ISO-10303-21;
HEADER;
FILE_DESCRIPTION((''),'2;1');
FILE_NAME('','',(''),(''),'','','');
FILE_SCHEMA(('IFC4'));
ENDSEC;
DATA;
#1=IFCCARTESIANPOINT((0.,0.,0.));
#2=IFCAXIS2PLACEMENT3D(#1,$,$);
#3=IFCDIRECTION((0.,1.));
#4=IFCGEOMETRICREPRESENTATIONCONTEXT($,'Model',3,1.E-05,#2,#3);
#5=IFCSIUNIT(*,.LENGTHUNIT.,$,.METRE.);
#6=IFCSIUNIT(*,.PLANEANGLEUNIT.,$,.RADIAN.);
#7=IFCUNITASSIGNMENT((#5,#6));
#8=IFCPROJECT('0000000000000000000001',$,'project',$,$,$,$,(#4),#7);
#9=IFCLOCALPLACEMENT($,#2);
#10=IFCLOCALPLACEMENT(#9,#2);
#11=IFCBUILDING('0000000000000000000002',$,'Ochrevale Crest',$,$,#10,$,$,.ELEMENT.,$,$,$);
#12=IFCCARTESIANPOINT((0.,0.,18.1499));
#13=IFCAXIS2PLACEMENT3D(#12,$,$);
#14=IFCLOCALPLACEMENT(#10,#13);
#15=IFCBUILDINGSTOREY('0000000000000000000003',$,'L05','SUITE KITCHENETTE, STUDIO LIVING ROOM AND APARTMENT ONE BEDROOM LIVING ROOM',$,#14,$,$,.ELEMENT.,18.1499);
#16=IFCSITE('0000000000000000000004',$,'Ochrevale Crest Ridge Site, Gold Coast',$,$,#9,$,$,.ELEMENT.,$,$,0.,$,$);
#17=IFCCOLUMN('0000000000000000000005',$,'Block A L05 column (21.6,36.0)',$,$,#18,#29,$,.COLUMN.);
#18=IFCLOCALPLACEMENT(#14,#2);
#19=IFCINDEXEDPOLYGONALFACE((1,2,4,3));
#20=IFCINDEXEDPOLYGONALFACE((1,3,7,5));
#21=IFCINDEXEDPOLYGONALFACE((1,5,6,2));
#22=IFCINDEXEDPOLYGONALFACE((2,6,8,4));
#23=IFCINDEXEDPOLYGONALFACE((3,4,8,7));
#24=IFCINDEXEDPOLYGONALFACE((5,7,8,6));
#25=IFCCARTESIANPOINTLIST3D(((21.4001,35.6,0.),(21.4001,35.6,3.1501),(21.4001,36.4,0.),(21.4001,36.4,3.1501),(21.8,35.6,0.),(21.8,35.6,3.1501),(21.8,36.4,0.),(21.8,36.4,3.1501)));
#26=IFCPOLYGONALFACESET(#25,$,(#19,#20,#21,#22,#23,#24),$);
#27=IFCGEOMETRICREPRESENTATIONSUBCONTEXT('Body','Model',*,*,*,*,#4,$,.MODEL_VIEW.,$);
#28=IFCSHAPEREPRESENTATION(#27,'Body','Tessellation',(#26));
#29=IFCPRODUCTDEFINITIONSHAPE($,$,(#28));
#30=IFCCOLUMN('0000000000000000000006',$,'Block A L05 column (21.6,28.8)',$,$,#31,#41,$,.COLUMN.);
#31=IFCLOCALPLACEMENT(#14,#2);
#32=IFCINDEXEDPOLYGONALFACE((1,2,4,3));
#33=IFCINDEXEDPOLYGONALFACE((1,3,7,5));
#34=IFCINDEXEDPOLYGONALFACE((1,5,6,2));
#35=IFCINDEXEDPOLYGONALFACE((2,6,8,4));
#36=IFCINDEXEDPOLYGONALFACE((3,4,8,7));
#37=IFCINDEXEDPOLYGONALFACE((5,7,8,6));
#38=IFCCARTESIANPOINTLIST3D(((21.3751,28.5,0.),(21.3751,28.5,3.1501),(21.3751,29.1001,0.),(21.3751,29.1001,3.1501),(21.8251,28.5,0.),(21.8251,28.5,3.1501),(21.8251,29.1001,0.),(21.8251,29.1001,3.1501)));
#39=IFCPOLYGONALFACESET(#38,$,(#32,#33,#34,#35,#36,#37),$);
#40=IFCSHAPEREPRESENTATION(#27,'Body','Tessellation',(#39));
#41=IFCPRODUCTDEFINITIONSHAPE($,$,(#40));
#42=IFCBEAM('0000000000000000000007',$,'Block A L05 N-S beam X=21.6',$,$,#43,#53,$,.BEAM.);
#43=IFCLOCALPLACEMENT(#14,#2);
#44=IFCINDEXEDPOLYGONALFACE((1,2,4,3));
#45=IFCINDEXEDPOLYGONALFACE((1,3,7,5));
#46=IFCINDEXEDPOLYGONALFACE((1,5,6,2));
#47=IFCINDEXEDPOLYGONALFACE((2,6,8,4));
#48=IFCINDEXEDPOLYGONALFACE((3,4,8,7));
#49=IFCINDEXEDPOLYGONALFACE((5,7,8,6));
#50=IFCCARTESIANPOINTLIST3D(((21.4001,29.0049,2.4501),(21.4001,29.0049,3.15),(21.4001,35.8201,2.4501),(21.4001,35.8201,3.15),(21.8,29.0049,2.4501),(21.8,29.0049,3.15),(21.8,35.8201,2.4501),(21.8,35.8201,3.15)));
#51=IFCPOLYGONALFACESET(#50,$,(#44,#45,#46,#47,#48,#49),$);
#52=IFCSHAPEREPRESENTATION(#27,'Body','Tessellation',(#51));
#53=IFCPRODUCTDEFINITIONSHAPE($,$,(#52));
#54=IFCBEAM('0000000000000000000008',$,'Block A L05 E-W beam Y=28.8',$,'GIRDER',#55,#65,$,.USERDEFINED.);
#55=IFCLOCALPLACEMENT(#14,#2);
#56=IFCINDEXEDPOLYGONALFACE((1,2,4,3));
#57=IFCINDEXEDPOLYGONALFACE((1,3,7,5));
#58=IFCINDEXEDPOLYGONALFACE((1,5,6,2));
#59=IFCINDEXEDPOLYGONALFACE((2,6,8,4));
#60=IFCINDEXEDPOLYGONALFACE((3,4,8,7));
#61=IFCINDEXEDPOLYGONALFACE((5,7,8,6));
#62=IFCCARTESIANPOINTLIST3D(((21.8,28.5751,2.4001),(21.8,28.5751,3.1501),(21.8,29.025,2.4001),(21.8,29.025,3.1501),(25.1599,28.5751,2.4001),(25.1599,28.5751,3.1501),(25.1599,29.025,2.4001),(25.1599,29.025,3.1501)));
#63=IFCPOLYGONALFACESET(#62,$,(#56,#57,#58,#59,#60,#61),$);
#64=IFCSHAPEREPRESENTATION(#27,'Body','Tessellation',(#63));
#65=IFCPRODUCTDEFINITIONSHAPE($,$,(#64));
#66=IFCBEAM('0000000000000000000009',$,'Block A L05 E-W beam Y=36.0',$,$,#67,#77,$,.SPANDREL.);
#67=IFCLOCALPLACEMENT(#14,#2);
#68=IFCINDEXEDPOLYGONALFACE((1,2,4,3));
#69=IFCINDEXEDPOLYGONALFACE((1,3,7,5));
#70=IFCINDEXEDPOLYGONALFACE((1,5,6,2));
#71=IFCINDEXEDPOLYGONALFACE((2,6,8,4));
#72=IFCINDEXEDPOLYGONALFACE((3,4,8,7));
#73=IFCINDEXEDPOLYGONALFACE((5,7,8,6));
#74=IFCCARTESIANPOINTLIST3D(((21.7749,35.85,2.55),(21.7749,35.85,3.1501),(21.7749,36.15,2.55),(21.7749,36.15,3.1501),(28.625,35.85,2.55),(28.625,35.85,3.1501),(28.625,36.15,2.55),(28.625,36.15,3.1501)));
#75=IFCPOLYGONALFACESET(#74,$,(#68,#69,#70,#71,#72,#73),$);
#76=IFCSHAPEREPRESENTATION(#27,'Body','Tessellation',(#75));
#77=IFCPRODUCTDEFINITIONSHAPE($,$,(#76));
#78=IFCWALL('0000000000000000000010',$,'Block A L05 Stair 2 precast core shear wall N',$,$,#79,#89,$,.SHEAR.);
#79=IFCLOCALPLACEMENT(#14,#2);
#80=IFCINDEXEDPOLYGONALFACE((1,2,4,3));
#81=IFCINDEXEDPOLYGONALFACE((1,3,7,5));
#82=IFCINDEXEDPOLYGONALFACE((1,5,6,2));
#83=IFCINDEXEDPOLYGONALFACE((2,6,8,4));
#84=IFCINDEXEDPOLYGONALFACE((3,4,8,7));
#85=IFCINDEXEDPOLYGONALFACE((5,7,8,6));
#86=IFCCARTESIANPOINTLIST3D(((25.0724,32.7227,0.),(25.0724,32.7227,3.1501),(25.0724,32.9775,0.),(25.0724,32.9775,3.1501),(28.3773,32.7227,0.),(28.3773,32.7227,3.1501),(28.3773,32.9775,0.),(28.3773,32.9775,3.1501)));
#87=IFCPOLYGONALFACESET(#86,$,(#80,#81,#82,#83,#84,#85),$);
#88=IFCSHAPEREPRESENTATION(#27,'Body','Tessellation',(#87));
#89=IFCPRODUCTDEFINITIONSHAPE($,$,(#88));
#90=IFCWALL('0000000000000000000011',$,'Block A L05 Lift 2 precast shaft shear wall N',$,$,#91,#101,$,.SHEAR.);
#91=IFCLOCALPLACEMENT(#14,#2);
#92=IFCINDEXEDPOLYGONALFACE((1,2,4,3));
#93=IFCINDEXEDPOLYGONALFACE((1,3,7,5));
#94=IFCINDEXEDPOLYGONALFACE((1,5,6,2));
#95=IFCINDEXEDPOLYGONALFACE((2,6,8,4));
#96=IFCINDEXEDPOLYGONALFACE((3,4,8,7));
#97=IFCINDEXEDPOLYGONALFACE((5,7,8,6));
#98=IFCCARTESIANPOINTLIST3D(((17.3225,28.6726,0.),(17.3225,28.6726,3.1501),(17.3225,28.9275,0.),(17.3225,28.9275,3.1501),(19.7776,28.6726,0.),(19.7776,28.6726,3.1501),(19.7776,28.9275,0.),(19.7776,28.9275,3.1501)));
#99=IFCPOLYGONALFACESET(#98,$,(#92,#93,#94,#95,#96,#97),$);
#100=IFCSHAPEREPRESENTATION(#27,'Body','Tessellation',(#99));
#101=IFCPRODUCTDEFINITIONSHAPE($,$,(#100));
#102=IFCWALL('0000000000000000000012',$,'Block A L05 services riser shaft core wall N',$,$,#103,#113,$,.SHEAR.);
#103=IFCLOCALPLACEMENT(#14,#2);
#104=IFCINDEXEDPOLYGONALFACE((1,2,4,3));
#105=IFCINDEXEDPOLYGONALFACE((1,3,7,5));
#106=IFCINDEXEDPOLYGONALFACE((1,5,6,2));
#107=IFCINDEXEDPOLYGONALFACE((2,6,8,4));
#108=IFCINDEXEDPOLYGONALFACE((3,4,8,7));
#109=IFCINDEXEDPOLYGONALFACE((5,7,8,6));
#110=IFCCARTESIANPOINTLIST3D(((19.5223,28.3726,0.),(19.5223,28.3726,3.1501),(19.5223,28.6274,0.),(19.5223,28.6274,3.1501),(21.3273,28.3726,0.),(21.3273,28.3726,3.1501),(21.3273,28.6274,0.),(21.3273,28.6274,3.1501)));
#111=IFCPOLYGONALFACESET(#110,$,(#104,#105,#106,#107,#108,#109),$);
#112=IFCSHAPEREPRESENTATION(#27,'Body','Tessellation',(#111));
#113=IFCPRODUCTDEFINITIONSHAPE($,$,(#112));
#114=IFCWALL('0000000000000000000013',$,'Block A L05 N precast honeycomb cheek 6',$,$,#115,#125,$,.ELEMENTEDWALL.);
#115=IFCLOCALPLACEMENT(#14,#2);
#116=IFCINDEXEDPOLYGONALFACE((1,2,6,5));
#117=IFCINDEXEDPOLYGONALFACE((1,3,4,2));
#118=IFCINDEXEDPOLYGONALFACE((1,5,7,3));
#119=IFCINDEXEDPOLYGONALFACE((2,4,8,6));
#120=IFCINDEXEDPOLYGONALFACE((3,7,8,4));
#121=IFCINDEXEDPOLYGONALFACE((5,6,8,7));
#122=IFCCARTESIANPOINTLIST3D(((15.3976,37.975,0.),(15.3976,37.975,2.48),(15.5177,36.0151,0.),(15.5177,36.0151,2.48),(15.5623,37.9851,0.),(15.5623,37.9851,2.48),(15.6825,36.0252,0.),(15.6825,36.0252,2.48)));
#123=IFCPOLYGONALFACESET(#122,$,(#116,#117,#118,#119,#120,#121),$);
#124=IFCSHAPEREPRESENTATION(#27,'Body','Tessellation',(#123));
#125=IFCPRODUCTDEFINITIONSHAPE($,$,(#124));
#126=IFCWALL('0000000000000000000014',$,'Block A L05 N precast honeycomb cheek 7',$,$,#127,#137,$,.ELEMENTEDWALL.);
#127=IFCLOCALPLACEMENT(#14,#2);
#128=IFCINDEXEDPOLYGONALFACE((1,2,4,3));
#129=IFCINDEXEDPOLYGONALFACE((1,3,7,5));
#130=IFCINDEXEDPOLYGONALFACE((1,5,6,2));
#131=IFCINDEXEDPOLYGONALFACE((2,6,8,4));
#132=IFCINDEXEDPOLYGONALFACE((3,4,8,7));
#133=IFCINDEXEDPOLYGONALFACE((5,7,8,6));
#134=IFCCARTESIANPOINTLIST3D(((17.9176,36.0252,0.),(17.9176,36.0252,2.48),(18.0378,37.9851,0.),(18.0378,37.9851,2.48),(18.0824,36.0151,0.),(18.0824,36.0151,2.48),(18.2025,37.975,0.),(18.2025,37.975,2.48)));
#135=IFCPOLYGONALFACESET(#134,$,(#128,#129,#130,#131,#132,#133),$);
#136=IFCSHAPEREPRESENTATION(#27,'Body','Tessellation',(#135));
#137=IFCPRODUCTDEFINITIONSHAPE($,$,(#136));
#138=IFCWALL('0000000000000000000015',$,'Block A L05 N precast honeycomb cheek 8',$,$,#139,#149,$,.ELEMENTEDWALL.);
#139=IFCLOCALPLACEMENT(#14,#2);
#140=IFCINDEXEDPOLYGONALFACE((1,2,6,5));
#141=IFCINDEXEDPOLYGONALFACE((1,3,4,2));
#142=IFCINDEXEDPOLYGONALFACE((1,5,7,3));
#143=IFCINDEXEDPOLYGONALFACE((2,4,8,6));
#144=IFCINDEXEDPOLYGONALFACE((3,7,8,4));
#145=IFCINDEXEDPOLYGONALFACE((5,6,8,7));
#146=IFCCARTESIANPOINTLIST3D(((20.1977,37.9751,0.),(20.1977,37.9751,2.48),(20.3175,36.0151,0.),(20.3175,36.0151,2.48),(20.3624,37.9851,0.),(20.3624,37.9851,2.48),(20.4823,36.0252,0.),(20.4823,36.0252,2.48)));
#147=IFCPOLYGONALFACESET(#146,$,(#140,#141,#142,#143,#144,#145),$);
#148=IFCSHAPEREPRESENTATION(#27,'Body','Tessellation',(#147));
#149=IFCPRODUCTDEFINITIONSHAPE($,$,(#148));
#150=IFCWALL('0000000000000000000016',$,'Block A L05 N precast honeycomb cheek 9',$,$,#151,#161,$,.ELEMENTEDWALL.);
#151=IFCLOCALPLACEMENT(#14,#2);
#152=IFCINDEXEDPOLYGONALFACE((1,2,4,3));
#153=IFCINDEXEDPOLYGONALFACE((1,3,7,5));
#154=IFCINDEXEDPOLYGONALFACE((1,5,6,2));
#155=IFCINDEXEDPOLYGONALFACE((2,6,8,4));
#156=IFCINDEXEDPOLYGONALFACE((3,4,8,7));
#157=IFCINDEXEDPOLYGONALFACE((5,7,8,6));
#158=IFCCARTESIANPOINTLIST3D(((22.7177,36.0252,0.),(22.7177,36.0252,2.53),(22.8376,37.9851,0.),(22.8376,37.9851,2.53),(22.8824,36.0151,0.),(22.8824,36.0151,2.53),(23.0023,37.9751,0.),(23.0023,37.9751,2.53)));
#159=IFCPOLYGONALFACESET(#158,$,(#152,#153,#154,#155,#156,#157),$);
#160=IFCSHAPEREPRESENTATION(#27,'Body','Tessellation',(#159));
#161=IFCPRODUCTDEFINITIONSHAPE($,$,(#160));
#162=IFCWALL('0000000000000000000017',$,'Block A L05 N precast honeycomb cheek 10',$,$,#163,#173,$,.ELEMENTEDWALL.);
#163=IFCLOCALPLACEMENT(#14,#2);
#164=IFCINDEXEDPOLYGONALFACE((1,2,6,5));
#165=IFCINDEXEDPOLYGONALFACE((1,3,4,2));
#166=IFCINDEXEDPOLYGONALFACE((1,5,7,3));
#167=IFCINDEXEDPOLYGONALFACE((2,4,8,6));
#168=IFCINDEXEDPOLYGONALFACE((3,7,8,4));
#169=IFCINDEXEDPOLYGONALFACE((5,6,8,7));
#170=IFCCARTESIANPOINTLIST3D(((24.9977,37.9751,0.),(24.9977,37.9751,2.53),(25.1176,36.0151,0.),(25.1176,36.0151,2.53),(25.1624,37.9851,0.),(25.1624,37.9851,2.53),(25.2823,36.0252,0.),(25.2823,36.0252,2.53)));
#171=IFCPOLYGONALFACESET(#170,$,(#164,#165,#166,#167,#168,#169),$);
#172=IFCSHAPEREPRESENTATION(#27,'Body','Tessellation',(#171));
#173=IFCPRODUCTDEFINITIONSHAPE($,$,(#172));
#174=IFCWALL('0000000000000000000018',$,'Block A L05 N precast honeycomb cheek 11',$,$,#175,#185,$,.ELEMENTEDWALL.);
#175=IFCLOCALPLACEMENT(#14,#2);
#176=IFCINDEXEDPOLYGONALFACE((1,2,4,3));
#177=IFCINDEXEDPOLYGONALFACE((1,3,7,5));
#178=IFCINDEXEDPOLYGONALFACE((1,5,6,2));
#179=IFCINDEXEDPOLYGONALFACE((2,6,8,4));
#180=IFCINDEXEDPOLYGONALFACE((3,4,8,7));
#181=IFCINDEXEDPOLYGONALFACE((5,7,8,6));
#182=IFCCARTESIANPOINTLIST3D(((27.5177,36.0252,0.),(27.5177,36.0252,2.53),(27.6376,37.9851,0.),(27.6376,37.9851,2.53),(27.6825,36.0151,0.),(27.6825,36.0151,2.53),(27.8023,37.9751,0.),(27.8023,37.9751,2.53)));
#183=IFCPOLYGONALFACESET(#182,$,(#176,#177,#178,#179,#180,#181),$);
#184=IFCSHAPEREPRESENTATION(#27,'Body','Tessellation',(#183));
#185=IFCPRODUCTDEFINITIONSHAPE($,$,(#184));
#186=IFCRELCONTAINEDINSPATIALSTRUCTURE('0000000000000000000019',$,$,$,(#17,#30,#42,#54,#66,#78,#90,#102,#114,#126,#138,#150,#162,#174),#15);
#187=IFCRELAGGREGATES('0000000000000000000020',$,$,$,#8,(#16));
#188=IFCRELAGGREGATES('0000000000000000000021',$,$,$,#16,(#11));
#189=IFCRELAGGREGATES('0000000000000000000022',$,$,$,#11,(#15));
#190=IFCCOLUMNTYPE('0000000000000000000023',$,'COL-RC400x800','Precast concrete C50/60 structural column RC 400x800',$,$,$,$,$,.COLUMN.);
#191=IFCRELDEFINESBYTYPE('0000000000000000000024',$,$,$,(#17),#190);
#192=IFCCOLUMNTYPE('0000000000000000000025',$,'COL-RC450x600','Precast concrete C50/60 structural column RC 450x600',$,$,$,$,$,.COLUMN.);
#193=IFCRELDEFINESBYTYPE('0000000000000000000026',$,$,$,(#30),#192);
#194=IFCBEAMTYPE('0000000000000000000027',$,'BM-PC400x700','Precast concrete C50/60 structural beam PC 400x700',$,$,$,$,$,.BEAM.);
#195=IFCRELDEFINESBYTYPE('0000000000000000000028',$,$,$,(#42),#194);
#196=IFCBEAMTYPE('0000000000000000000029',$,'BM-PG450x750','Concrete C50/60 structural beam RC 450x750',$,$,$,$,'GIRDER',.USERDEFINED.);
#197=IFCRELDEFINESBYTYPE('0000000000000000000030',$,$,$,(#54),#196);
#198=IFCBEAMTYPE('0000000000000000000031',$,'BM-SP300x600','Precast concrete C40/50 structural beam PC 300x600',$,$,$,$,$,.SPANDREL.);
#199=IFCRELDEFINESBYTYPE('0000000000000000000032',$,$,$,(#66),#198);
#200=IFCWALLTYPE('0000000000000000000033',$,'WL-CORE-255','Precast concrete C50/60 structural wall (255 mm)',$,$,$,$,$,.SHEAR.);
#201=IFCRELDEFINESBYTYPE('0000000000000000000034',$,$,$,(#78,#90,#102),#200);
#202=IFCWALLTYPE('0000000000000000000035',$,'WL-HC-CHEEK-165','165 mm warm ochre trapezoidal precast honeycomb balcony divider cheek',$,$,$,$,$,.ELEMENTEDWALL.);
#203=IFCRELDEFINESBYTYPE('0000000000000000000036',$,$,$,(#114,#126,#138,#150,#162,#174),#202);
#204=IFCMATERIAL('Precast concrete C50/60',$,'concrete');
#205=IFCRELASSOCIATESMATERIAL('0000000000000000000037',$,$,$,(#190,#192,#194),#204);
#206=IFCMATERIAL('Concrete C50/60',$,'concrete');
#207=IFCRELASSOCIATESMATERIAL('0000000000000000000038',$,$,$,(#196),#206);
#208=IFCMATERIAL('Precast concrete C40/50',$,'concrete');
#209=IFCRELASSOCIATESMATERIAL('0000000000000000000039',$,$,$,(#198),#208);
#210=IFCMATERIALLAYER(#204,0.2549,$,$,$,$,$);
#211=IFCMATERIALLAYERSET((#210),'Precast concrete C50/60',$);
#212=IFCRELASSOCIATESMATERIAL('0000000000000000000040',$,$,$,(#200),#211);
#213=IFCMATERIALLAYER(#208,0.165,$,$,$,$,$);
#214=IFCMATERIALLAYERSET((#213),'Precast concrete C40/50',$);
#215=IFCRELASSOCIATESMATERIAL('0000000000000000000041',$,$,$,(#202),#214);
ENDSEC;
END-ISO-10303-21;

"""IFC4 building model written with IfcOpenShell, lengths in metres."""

from ifc_helpers import new_model, si_unit, direction, frame, frame_2d, origin, origin_2d, place, context, subcontext, project, spatial, rectangle, extrude, material, layer, layer_set, material_profile, profile_set, type_object, element, save


model = new_model("IFC4")

# Units and contexts
model_context = context("Model", 3, precision=1e-05, world=origin(), true_north=direction((0.0, 1.0)))
body_context = subcontext(model_context, "Body", "Model", "MODEL_VIEW")
ifc_project = project(units=[si_unit("LENGTHUNIT", "METRE"), si_unit("PLANEANGLEUNIT", "RADIAN")], contexts=[model_context])

# Site, building, storey
site_placement = place(None, origin())
site = spatial("IfcSite", under=ifc_project, at=site_placement, Name="Ochrevale Crest Ridge Site, Gold Coast", CompositionType="ELEMENT", RefElevation=0.0)
building_placement = place(site_placement, origin())
building = spatial("IfcBuilding", under=site, at=building_placement, Name="Ochrevale Crest", CompositionType="ELEMENT")
storey_placement = place(building_placement, frame((0.0, 0.0, 18.1499)))
storey = spatial("IfcBuildingStorey", under=building, at=storey_placement, Name="L05", Description="SUITE KITCHENETTE, STUDIO LIVING ROOM AND APARTMENT ONE BEDROOM LIVING ROOM", CompositionType="ELEMENT", Elevation=18.1499)

# Columns
ifc_material_1 = material(Name="Precast concrete C50/60", Category="concrete")
ifc_material_profile_1 = material_profile(ifc_material_1, rectangle(XDim=0.3999, YDim=0.8, at=origin_2d()), Name="RC 400x800")
ifc_profile_set_1 = profile_set([ifc_material_profile_1], Name="Precast concrete C50/60")
column_type_1 = type_object("IfcColumnType", Name="COL-RC400x800", Description="Precast concrete C50/60 structural column RC 400x800", PredefinedType="COLUMN", material=ifc_profile_set_1)
column_1_placement = place(storey_placement, frame((21.6001, 36.0, 0.0), z_axis=(0.0, 0.0, 1.0), x_axis=(1.0, 0.0, 0.0)))
element("IfcColumn", 1, at=column_1_placement, inside=storey, type_object=column_type_1, Name="Block A L05 column (21.6,36.0)", PredefinedType="COLUMN", context=body_context, shape_type="SweptSolid", body=[
    extrude(rectangle(XDim=0.3999, YDim=0.8, at=origin_2d()), origin(), (0.0, 0.0, 1.0), 3.1501),
])
ifc_material_profile_2 = material_profile(ifc_material_1, rectangle(XDim=0.45, YDim=0.6001, at=origin_2d()), Name="RC 450x600")
ifc_profile_set_2 = profile_set([ifc_material_profile_2], Name="Precast concrete C50/60")
column_type_2 = type_object("IfcColumnType", Name="COL-RC450x600", Description="Precast concrete C50/60 structural column RC 450x600", PredefinedType="COLUMN", material=ifc_profile_set_2)
column_2_placement = place(storey_placement, frame((21.6001, 28.8, 0.0), z_axis=(0.0, 0.0, 1.0), x_axis=(1.0, 0.0, 0.0)))
element("IfcColumn", 2, at=column_2_placement, inside=storey, type_object=column_type_2, Name="Block A L05 column (21.6,28.8)", PredefinedType="COLUMN", context=body_context, shape_type="SweptSolid", body=[
    extrude(rectangle(XDim=0.45, YDim=0.6001, at=origin_2d()), origin(), (0.0, 0.0, 1.0), 3.1501),
])

# Beams
ifc_material_profile_3 = material_profile(ifc_material_1, rectangle(XDim=0.3999, YDim=0.7, at=origin_2d()), Name="PC 400x700")
ifc_profile_set_3 = profile_set([ifc_material_profile_3], Name="Precast concrete C50/60")
beam_type_1 = type_object("IfcBeamType", Name="BM-PC400x700", Description="Precast concrete C50/60 structural beam PC 400x700", PredefinedType="BEAM", material=ifc_profile_set_3)
beam_1_placement = place(storey_placement, frame((21.6001, 29.0049, 2.8), z_axis=(0.0, 1.0, 0.0), x_axis=(-1.0, 0.0, 0.0)))
element("IfcBeam", 3, at=beam_1_placement, inside=storey, type_object=beam_type_1, Name="Block A L05 N-S beam X=21.6", PredefinedType="BEAM", context=body_context, shape_type="SweptSolid", body=[
    extrude(rectangle(XDim=0.3999, YDim=0.7, at=origin_2d()), origin(), (0.0, 0.0, 1.0), 6.8152),
])
ifc_material_2 = material(Name="Concrete C50/60", Category="concrete")
ifc_material_profile_4 = material_profile(ifc_material_2, rectangle(XDim=0.45, YDim=0.75, at=origin_2d()), Name="RC 450x750")
ifc_profile_set_4 = profile_set([ifc_material_profile_4], Name="Concrete C50/60")
beam_type_2 = type_object("IfcBeamType", Name="BM-PG450x750", Description="Concrete C50/60 structural beam RC 450x750", ElementType="GIRDER", PredefinedType="USERDEFINED", material=ifc_profile_set_4)
beam_2_placement = place(storey_placement, frame((21.8, 28.8, 2.7751), z_axis=(1.0, 0.0, 0.0), x_axis=(0.0, 1.0, 0.0)))
element("IfcBeam", 4, at=beam_2_placement, inside=storey, type_object=beam_type_2, Name="Block A L05 E-W beam Y=28.8", ObjectType="GIRDER", PredefinedType="USERDEFINED", context=body_context, shape_type="SweptSolid", body=[
    extrude(rectangle(XDim=0.45, YDim=0.75, at=origin_2d()), origin(), (0.0, 0.0, 1.0), 3.3599),
])
ifc_material_3 = material(Name="Precast concrete C40/50", Category="concrete")
ifc_material_profile_5 = material_profile(ifc_material_3, rectangle(XDim=0.3, YDim=0.6001, at=origin_2d()), Name="PC 300x600")
ifc_profile_set_5 = profile_set([ifc_material_profile_5], Name="Precast concrete C40/50")
beam_type_3 = type_object("IfcBeamType", Name="BM-SP300x600", Description="Precast concrete C40/50 structural beam PC 300x600", PredefinedType="SPANDREL", material=ifc_profile_set_5)
beam_3_placement = place(storey_placement, frame((21.7749, 36.0, 2.8501), z_axis=(1.0, 0.0, 0.0), x_axis=(0.0, 1.0, 0.0)))
element("IfcBeam", 5, at=beam_3_placement, inside=storey, type_object=beam_type_3, Name="Block A L05 E-W beam Y=36.0", PredefinedType="SPANDREL", context=body_context, shape_type="SweptSolid", body=[
    extrude(rectangle(XDim=0.3, YDim=0.6001, at=origin_2d()), origin(), (0.0, 0.0, 1.0), 6.8501),
])

# Walls
ifc_layer_1 = layer(ifc_material_1, 0.2549)
ifc_layer_set_1 = layer_set([ifc_layer_1], Name="Precast concrete C50/60")
wall_type_1 = type_object("IfcWallType", Name="WL-CORE-255", Description="Precast concrete C50/60 structural wall (255 mm)", PredefinedType="SHEAR", material=ifc_layer_set_1)
wall_1_placement = place(storey_placement, frame((25.0725, 32.8501, 0.0), z_axis=(0.0, 0.0, 1.0), x_axis=(1.0, 0.0, 0.0)))
element("IfcWall", 6, at=wall_1_placement, inside=storey, type_object=wall_type_1, Name="Block A L05 Stair 2 precast core shear wall N", PredefinedType="SHEAR", context=body_context, shape_type="SweptSolid", body=[
    extrude(rectangle(XDim=3.3049, YDim=0.2549, at=frame_2d((1.6523, 0.0))), origin(), (0.0, 0.0, 1.0), 3.1501),
])
wall_2_placement = place(storey_placement, frame((17.3225, 28.8, 0.0), z_axis=(0.0, 0.0, 1.0), x_axis=(1.0, 0.0, 0.0)))
element("IfcWall", 7, at=wall_2_placement, inside=storey, type_object=wall_type_1, Name="Block A L05 Lift 2 precast shaft shear wall N", PredefinedType="SHEAR", context=body_context, shape_type="SweptSolid", body=[
    extrude(rectangle(XDim=2.4551, YDim=0.2549, at=frame_2d((1.2275, 0.0))), origin(), (0.0, 0.0, 1.0), 3.1501),
])
wall_3_placement = place(storey_placement, frame((19.5225, 28.5, 0.0), z_axis=(0.0, 0.0, 1.0), x_axis=(1.0, 0.0, 0.0)))
element("IfcWall", 8, at=wall_3_placement, inside=storey, type_object=wall_type_1, Name="Block A L05 services riser shaft core wall N", PredefinedType="SHEAR", context=body_context, shape_type="SweptSolid", body=[
    extrude(rectangle(XDim=1.8049, YDim=0.2549, at=frame_2d((0.9023, 0.0))), origin(), (0.0, 0.0, 1.0), 3.1501),
])
ifc_layer_2 = layer(ifc_material_3, 0.165)
ifc_layer_set_2 = layer_set([ifc_layer_2], Name="Precast concrete C40/50")
wall_type_2 = type_object("IfcWallType", Name="WL-HC-CHEEK-165", Description="165 mm warm ochre trapezoidal precast honeycomb balcony divider cheek", PredefinedType="ELEMENTEDWALL", material=ifc_layer_set_2)
for number, where, z_axis, x_axis, name in (
    (9, (15.6001, 36.02, 0.0), (0.0, 0.0, 1.0), (-0.061171, 0.998127, 0.0), "Block A L05 N precast honeycomb cheek 6"),
    (10, (18.0, 36.02, 0.0), (0.0, 0.0, 1.0), (0.061171, 0.998127, 0.0), "Block A L05 N precast honeycomb cheek 7"),
    (11, (20.3999, 36.02, 0.0), (0.0, 0.0, 1.0), (-0.061047, 0.998135, 0.0), "Block A L05 N precast honeycomb cheek 8"),
):
    element("IfcWall", number, at=place(storey_placement, frame(where, z_axis=z_axis, x_axis=x_axis)), inside=storey, type_object=wall_type_2, Name=name, PredefinedType="ELEMENTEDWALL", context=body_context, shape_type="SweptSolid", body=[
        extrude(rectangle(XDim=1.9636, YDim=0.165, at=frame_2d((0.9819, 0.0))), origin(), (0.0, 0.0, 1.0), 2.48),
    ])
for number, where, z_axis, x_axis, name in (
    (12, (22.8, 36.02, 0.0), (0.0, 0.0, 1.0), (0.061047, 0.998135, 0.0), "Block A L05 N precast honeycomb cheek 9"),
    (13, (25.2, 36.02, 0.0), (0.0, 0.0, 1.0), (-0.061047, 0.998135, 0.0), "Block A L05 N precast honeycomb cheek 10"),
    (14, (27.6001, 36.02, 0.0), (0.0, 0.0, 1.0), (0.061047, 0.998135, 0.0), "Block A L05 N precast honeycomb cheek 11"),
):
    element("IfcWall", number, at=place(storey_placement, frame(where, z_axis=z_axis, x_axis=x_axis)), inside=storey, type_object=wall_type_2, Name=name, PredefinedType="ELEMENTEDWALL", context=body_context, shape_type="SweptSolid", body=[
        extrude(rectangle(XDim=1.9636, YDim=0.165, at=frame_2d((0.9819, 0.0))), origin(), (0.0, 0.0, 1.0), 2.53),
    ])

save(model, "model.ifc")
